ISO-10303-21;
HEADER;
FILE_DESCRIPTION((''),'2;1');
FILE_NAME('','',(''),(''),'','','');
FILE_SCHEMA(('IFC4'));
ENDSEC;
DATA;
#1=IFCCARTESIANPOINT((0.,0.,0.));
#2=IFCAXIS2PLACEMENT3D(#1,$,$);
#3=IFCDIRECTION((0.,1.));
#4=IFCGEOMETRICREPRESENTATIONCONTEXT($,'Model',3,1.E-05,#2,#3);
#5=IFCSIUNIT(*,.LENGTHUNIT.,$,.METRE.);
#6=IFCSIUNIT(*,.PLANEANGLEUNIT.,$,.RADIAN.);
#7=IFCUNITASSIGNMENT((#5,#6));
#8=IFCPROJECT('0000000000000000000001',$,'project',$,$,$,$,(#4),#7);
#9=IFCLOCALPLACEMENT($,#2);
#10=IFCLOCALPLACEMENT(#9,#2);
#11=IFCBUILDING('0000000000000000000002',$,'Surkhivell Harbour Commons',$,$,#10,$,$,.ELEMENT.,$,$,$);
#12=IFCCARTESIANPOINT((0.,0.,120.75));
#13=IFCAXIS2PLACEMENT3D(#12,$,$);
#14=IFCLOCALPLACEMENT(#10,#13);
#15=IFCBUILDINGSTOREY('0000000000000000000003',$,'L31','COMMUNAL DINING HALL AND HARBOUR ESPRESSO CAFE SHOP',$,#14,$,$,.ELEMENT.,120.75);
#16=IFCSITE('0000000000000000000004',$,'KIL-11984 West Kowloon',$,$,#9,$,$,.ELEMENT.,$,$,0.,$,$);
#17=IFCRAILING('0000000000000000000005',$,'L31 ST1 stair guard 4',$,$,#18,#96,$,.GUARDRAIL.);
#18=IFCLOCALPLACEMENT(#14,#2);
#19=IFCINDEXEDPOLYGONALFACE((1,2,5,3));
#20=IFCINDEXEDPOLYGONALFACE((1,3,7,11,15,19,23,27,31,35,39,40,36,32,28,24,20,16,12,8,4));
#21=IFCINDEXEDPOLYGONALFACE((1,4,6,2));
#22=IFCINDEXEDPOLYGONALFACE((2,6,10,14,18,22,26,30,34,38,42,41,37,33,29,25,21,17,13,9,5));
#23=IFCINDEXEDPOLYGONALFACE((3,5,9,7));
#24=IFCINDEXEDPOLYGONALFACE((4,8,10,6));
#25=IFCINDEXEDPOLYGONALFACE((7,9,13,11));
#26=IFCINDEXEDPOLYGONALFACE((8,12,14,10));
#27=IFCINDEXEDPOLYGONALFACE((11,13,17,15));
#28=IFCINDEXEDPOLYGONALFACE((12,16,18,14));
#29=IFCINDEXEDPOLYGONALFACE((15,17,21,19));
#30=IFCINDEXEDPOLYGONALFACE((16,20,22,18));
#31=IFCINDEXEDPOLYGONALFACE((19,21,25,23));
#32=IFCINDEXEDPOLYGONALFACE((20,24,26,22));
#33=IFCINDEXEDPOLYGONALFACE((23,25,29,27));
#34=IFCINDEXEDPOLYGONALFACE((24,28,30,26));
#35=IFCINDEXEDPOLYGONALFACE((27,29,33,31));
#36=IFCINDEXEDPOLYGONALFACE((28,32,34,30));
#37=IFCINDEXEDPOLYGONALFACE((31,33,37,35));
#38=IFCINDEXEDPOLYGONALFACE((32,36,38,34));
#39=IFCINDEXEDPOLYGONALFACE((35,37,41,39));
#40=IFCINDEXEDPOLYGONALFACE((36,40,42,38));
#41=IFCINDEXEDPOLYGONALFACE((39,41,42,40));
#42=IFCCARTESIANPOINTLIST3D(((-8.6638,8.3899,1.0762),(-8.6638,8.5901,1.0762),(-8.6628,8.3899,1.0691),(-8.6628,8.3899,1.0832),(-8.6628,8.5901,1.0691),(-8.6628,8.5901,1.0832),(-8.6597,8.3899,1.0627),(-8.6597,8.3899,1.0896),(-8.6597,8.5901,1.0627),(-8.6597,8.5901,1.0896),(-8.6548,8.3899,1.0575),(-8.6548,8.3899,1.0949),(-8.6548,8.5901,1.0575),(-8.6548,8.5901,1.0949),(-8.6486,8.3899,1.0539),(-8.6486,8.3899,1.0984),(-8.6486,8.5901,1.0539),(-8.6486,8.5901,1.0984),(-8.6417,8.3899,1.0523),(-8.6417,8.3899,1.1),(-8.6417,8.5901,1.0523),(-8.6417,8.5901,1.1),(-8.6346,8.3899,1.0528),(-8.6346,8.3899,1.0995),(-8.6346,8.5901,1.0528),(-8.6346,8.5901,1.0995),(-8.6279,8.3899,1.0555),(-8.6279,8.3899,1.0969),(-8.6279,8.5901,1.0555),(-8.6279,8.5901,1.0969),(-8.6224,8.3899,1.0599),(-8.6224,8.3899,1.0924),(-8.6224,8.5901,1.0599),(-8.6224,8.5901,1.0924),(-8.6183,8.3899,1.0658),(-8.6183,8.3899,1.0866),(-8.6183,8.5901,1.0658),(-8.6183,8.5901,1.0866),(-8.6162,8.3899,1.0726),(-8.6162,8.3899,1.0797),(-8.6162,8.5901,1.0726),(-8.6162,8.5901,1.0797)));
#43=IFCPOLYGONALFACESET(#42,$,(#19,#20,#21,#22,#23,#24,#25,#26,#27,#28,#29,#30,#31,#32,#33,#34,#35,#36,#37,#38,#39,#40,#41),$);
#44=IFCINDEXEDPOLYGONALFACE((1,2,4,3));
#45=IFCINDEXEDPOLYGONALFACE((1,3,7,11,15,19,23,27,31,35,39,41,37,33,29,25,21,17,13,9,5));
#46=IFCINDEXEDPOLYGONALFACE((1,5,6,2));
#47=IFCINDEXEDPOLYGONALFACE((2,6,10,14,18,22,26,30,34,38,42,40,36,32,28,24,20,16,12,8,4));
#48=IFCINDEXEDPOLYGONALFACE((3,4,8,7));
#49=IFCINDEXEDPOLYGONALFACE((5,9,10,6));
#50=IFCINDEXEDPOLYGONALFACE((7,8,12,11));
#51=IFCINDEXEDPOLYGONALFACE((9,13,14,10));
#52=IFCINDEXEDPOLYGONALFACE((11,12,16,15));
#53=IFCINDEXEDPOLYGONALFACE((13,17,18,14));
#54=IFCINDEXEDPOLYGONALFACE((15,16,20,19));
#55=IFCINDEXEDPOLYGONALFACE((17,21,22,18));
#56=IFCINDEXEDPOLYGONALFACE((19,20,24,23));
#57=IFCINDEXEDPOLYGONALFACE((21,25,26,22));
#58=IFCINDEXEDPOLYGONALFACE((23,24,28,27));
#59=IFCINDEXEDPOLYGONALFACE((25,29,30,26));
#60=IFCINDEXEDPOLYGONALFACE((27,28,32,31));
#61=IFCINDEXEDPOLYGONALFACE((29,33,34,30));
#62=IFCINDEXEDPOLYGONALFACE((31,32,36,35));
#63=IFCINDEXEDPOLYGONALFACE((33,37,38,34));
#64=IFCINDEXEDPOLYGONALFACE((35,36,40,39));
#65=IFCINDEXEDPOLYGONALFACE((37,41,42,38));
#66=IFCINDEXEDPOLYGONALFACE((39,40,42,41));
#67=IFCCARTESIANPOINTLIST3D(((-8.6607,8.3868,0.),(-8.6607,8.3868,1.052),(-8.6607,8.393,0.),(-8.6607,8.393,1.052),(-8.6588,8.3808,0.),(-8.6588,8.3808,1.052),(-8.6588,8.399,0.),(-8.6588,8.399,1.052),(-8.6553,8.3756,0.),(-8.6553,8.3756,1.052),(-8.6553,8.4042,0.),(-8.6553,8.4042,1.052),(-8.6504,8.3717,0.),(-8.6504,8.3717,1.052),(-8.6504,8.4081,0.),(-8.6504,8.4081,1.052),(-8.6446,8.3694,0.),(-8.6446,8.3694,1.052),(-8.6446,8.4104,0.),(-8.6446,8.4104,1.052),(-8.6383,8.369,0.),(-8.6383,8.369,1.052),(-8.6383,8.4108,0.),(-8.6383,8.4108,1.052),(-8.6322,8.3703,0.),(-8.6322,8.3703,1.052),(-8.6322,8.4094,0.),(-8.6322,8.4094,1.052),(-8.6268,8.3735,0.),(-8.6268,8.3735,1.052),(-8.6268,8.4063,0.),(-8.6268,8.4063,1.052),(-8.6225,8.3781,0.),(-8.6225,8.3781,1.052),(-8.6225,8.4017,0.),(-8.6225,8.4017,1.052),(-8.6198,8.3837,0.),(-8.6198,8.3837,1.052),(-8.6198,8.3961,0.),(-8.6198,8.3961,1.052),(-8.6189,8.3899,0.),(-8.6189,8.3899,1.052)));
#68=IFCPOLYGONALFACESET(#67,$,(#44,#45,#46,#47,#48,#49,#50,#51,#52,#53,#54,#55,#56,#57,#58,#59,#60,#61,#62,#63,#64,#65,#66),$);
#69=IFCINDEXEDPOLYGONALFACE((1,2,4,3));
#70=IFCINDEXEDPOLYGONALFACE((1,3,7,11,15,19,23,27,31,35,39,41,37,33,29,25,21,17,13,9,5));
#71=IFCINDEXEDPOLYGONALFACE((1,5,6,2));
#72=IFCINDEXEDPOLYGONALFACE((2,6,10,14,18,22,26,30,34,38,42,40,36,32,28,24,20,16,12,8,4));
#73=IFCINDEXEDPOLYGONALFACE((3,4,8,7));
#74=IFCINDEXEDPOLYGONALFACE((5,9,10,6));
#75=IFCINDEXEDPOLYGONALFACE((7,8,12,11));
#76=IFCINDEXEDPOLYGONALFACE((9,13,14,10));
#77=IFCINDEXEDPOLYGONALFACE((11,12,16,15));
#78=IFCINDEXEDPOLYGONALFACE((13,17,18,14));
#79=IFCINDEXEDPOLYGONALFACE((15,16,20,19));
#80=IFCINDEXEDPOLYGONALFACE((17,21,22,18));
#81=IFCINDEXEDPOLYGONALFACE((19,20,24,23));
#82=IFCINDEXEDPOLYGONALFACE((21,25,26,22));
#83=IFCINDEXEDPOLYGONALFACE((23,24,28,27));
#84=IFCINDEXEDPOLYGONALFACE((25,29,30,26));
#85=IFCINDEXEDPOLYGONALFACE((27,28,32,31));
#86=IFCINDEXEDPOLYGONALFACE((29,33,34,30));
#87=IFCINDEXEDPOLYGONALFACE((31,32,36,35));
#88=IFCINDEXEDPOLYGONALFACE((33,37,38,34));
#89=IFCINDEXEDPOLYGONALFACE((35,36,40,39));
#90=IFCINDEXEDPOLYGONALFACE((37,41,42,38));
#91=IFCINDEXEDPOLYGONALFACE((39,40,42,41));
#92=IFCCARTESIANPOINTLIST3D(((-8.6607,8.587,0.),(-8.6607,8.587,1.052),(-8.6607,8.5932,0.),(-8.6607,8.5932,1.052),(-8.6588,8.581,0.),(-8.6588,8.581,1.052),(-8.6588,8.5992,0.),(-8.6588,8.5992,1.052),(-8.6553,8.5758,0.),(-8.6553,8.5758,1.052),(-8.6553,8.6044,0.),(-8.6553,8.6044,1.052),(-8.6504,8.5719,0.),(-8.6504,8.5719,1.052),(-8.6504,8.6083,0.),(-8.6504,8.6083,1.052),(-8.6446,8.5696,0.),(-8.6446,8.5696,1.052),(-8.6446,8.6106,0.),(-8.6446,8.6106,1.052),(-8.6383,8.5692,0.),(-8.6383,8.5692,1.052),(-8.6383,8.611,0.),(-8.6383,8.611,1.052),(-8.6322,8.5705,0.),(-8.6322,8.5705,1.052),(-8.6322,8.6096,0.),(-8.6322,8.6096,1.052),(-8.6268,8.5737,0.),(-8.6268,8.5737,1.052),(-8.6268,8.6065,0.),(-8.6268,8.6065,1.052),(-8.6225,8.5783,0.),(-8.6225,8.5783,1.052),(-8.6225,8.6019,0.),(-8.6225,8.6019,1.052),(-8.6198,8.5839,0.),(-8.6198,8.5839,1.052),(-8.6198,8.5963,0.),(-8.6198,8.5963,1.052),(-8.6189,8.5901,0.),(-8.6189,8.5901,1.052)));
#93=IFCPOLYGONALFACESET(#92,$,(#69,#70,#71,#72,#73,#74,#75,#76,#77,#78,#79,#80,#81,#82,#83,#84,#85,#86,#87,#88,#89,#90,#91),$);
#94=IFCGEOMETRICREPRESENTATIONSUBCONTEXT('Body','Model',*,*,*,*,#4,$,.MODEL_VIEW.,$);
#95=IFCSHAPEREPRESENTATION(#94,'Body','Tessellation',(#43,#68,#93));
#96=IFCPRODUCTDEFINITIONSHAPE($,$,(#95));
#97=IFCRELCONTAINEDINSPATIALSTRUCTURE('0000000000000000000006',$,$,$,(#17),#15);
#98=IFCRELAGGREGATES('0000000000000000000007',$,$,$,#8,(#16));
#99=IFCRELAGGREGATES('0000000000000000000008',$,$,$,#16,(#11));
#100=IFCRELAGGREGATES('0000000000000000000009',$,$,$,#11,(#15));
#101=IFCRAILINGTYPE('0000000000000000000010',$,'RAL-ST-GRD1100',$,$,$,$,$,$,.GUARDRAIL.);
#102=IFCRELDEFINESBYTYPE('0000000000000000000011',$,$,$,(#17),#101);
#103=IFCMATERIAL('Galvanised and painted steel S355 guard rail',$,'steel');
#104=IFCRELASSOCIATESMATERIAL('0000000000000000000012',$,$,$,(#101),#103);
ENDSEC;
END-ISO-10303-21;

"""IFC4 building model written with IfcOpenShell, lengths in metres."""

from ifc_helpers import new_model, si_unit, direction, frame, origin, origin_2d, place, context, subcontext, project, spatial, circle, extrude, material, type_object, element, save


model = new_model("IFC4")

# Units and contexts
model_context = context("Model", 3, precision=1e-05, world=origin(), true_north=direction((0.0, 1.0)))
body_context = subcontext(model_context, "Body", "Model", "MODEL_VIEW")
ifc_project = project(units=[si_unit("LENGTHUNIT", "METRE"), si_unit("PLANEANGLEUNIT", "RADIAN")], contexts=[model_context])

# Site, building, storey
site_placement = place(None, origin())
site = spatial("IfcSite", under=ifc_project, at=site_placement, Name="KIL-11984 West Kowloon", CompositionType="ELEMENT", RefElevation=0.0)
building_placement = place(site_placement, origin())
building = spatial("IfcBuilding", under=site, at=building_placement, Name="Surkhivell Harbour Commons", CompositionType="ELEMENT")
storey_placement = place(building_placement, frame((0.0, 0.0, 120.75)))
storey = spatial("IfcBuildingStorey", under=building, at=storey_placement, Name="L31", Description="COMMUNAL DINING HALL AND HARBOUR ESPRESSO CAFE SHOP", CompositionType="ELEMENT", Elevation=120.75)

# Railing
ifc_material_1 = material(Name="Galvanised and painted steel S355 guard rail", Category="steel")
railing_type_1 = type_object("IfcRailingType", Name="RAL-ST-GRD1100", PredefinedType="GUARDRAIL", material=ifc_material_1)
railing_1_placement = place(storey_placement, frame((-8.6399, 8.3899, 0.0)))
element("IfcRailing", 1, at=railing_1_placement, inside=storey, type_object=railing_type_1, Name="L31 ST1 stair guard 4", PredefinedType="GUARDRAIL", context=body_context, shape_type="SweptSolid", body=[
    extrude(circle(Radius=0.0239, at=origin_2d()), frame((0.0, 0.0, 1.0762), z_axis=(0.0, 1.0, 0.0), x_axis=(-1.0, 0.0, 0.0)), (0.0, 0.0, 1.0), 0.2002),
    extrude(circle(Radius=0.021, at=origin_2d()), origin(), (0.0, 0.0, 1.0), 1.052),
    extrude(circle(Radius=0.021, at=origin_2d()), frame((0.0, 0.2002, 0.0)), (0.0, 0.0, 1.0), 1.052),
])

save(model, "model.ifc")
